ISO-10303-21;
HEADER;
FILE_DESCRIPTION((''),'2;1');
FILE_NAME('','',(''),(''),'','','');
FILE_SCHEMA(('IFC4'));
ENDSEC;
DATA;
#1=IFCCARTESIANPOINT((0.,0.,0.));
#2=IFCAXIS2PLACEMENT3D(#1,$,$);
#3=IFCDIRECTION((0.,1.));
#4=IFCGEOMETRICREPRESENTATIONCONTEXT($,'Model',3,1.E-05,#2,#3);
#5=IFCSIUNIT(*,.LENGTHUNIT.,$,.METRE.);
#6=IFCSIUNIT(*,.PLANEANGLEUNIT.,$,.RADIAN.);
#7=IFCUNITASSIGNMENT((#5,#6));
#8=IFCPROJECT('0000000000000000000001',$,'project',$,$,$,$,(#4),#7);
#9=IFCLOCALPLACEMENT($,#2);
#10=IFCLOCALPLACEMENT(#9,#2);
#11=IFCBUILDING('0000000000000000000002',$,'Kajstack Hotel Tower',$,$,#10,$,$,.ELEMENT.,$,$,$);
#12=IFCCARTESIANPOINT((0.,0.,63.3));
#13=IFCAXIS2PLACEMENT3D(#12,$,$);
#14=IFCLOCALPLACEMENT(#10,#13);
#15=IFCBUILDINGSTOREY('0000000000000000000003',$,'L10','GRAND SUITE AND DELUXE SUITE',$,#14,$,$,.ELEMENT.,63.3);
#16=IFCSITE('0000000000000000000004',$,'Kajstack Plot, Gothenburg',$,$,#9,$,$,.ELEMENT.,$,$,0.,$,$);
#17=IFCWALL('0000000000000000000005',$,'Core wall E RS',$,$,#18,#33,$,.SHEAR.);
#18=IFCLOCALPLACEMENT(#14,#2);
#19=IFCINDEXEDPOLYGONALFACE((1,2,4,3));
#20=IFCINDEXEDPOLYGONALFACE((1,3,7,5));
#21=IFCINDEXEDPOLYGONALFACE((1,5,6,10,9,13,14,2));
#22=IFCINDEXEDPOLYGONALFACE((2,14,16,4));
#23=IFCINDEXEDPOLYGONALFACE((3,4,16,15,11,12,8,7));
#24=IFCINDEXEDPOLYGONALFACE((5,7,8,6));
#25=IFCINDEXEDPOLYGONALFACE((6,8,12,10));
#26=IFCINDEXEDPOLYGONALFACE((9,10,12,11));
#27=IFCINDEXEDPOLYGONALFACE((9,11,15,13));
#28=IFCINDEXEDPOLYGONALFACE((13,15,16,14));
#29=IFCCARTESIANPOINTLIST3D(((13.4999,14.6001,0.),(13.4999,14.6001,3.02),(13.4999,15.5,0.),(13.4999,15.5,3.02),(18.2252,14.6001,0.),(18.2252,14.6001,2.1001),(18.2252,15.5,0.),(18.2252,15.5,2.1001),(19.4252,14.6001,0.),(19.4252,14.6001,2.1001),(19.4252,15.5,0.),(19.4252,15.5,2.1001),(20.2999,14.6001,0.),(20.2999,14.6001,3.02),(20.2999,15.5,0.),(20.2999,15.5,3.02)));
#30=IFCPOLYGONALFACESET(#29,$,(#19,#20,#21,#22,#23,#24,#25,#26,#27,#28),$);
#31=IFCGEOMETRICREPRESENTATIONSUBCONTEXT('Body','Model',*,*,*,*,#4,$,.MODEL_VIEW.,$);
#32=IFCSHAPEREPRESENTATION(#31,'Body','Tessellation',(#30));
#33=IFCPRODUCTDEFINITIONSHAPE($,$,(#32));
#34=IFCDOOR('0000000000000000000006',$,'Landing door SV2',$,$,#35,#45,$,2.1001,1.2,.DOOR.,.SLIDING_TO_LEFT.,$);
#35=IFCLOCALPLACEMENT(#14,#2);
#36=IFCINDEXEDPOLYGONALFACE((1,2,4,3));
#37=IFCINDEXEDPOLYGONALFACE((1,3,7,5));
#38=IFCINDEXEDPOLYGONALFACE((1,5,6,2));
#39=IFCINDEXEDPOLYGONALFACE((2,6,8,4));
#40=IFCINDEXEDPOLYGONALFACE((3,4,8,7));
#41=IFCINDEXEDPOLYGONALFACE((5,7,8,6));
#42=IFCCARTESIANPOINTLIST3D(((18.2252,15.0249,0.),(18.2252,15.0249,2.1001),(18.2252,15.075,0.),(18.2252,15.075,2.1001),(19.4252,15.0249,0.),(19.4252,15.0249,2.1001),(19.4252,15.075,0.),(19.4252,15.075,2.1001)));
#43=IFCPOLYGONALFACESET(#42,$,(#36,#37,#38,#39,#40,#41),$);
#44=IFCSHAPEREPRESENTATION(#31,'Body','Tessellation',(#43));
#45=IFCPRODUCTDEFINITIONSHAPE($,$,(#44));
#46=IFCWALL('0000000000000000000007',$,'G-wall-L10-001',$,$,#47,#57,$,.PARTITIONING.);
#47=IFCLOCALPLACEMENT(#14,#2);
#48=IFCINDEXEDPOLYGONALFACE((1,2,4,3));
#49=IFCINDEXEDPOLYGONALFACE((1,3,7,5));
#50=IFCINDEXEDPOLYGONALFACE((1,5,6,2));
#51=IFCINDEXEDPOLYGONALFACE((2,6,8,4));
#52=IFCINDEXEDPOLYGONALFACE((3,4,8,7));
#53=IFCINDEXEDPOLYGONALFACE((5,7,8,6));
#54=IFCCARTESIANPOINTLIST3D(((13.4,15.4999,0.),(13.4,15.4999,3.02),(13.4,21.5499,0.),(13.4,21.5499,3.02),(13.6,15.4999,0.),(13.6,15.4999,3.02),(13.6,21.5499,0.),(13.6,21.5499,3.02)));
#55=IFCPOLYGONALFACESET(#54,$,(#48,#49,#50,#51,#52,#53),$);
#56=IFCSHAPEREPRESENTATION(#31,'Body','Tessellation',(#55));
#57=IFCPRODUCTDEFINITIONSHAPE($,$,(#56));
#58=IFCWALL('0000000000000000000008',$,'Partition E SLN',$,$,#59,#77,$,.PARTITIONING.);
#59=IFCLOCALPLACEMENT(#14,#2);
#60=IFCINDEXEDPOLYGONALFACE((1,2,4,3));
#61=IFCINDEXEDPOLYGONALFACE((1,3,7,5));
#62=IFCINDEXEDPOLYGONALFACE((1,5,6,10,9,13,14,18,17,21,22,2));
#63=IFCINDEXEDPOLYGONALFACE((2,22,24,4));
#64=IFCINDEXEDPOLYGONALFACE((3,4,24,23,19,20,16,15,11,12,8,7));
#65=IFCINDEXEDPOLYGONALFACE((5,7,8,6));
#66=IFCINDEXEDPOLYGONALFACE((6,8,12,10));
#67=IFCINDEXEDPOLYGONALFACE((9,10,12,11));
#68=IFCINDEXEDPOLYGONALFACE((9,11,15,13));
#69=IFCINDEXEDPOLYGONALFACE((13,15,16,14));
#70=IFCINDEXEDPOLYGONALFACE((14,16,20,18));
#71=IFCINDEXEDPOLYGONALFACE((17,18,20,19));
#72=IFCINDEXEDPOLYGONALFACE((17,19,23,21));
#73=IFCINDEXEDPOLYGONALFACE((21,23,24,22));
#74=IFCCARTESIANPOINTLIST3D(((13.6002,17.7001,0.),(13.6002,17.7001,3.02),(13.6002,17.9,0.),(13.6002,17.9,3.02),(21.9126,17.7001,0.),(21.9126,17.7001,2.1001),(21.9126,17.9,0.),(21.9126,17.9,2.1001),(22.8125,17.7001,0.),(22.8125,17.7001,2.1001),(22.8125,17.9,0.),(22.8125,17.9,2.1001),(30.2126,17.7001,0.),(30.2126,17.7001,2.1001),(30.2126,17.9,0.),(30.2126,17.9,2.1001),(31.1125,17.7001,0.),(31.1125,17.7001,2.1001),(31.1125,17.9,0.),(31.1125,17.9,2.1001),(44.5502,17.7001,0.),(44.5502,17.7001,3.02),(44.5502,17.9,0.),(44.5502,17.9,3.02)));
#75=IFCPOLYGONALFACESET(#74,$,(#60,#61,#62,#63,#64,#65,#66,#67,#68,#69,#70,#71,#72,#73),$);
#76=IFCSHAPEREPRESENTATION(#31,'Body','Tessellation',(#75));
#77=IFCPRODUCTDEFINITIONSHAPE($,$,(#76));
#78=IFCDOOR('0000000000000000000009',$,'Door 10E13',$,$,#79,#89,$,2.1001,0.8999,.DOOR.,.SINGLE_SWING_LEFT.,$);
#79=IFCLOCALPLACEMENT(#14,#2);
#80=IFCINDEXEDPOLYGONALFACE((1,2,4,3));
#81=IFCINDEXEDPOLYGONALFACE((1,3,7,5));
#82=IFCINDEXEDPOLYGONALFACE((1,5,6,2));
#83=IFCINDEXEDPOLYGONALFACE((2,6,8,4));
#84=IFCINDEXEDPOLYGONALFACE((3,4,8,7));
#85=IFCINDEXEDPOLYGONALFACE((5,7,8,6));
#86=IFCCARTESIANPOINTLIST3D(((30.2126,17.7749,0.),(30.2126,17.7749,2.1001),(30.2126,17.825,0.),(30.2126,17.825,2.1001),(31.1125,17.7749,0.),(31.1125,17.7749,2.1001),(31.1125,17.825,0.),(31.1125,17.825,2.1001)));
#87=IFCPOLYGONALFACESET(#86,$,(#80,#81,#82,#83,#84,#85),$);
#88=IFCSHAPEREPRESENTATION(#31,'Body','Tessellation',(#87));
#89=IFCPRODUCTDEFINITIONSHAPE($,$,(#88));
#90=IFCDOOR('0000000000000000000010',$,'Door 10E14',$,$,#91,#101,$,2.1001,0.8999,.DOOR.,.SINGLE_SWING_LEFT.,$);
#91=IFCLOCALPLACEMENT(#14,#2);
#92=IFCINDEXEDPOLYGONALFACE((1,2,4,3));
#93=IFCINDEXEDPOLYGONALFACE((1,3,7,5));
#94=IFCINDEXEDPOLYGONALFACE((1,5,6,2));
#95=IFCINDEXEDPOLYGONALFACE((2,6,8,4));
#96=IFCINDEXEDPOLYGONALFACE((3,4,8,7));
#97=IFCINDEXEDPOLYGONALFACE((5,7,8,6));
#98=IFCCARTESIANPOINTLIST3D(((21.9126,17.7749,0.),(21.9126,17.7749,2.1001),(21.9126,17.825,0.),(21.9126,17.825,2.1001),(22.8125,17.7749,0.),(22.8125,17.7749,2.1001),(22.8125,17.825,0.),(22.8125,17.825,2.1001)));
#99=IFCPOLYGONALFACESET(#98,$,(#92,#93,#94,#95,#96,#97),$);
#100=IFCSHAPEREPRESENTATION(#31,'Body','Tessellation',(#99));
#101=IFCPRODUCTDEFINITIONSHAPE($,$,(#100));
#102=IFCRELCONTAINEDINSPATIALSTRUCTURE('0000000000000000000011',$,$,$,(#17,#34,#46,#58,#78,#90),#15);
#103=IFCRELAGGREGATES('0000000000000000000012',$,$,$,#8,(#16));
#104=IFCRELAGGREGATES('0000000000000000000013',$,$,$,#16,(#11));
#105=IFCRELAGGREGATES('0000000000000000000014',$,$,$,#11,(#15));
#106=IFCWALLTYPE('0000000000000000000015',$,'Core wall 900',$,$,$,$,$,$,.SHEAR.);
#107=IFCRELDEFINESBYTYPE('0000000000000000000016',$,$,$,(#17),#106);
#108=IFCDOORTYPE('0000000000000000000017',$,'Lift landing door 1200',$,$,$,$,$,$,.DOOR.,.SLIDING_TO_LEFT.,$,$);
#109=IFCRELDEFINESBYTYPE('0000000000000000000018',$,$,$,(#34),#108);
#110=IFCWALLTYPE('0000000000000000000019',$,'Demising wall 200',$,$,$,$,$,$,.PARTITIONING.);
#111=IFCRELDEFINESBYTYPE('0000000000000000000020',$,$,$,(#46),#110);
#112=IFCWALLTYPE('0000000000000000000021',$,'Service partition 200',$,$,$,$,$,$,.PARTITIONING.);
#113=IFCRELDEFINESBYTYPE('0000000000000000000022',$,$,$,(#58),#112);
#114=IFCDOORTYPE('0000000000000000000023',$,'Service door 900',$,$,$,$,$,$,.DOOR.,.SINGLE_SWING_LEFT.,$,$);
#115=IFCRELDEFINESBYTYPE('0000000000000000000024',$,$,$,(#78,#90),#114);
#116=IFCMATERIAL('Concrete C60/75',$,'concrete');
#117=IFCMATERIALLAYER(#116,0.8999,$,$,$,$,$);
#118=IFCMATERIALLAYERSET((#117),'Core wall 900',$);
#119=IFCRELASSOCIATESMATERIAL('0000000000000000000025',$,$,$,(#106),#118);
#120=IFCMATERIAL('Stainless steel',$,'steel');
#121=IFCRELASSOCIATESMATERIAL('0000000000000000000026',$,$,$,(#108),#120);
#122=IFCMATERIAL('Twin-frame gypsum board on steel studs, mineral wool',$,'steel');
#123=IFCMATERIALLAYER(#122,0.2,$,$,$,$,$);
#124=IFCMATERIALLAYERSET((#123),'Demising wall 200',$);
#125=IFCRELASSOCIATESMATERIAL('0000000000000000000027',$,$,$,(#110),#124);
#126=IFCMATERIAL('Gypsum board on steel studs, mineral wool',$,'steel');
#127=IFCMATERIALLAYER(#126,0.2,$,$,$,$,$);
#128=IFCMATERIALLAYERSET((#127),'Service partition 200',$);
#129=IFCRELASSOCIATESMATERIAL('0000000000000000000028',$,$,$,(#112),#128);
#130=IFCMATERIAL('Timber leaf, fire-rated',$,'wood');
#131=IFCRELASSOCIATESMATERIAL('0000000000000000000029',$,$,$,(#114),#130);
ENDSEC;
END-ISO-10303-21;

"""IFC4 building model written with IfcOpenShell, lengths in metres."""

from ifc_helpers import new_model, si_unit, direction, frame, frame_2d, origin, place, context, subcontext, project, spatial, rectangle, extrude, material, layer, layer_set, type_object, element, fill, save


model = new_model("IFC4")

# Units and contexts
model_context = context("Model", 3, precision=1e-05, world=origin(), true_north=direction((0.0, 1.0)))
body_context = subcontext(model_context, "Body", "Model", "MODEL_VIEW")
ifc_project = project(units=[si_unit("LENGTHUNIT", "METRE"), si_unit("PLANEANGLEUNIT", "RADIAN")], contexts=[model_context])

# Site, building, storey
site_placement = place(None, origin())
site = spatial("IfcSite", under=ifc_project, at=site_placement, Name="Kajstack Plot, Gothenburg", CompositionType="ELEMENT", RefElevation=0.0)
building_placement = place(site_placement, origin())
building = spatial("IfcBuilding", under=site, at=building_placement, Name="Kajstack Hotel Tower", CompositionType="ELEMENT")
storey_placement = place(building_placement, frame((0.0, 0.0, 63.3)))
storey = spatial("IfcBuildingStorey", under=building, at=storey_placement, Name="L10", Description="GRAND SUITE AND DELUXE SUITE", CompositionType="ELEMENT", Elevation=63.3)

# Wall, opening, door
ifc_material_1 = material(Name="Concrete C60/75", Category="concrete")
ifc_layer_1 = layer(ifc_material_1, 0.8999)
ifc_layer_set_1 = layer_set([ifc_layer_1], Name="Core wall 900")
wall_type_1 = type_object("IfcWallType", Name="Core wall 900", PredefinedType="SHEAR", material=ifc_layer_set_1)
wall_1_placement = place(storey_placement, frame((13.5, 15.05, 0.0), z_axis=(0.0, 0.0, 1.0), x_axis=(1.0, 0.0, 0.0)))
wall_1 = element("IfcWall", 1, at=wall_1_placement, inside=storey, type_object=wall_type_1, Name="Core wall E RS", PredefinedType="SHEAR", context=body_context, shape_type="SweptSolid", body=[
    extrude(rectangle(XDim=6.8, YDim=0.8999, at=frame_2d((3.3999, 0.0))), origin(), (0.0, 0.0, 1.0), 3.02),
])
opening_1_placement = place(wall_1_placement, frame((4.7251, 0.0, 0.0)))
opening_1 = element("IfcOpeningElement", 2, at=opening_1_placement, cuts=wall_1, PredefinedType="OPENING", context=body_context, shape_type="SweptSolid", body=[
    extrude(rectangle(XDim=1.2, YDim=2.1001, at=frame_2d((0.6001, 1.05))), frame((0.0, 0.46, 0.0), z_axis=(0.0, -1.0, 0.0), x_axis=(1.0, 0.0, 0.0)), (0.0, 0.0, 1.0), 0.9199),
])
ifc_material_2 = material(Name="Stainless steel", Category="steel")
door_type_1 = type_object("IfcDoorType", Name="Lift landing door 1200", OperationType="SLIDING_TO_LEFT", PredefinedType="DOOR", material=ifc_material_2)
door_1_placement = place(opening_1_placement, origin())
door_1 = element("IfcDoor", 3, at=door_1_placement, inside=storey, type_object=door_type_1, Name="Landing door SV2", OperationType="SLIDING_TO_LEFT", OverallHeight=2.1001, OverallWidth=1.2, PredefinedType="DOOR", context=body_context, shape_type="SweptSolid", body=[
    extrude(rectangle(XDim=1.2, YDim=2.1001, at=frame_2d((0.6001, 1.05))), frame((0.0, 0.0249, 0.0), z_axis=(0.0, -1.0, 0.0), x_axis=(1.0, 0.0, 0.0)), (0.0, 0.0, 1.0), 0.05),
])
fill(opening_1, door_1)

# Wall
ifc_material_3 = material(Name="Twin-frame gypsum board on steel studs, mineral wool", Category="steel")
ifc_layer_2 = layer(ifc_material_3, 0.2)
ifc_layer_set_2 = layer_set([ifc_layer_2], Name="Demising wall 200")
wall_type_2 = type_object("IfcWallType", Name="Demising wall 200", PredefinedType="PARTITIONING", material=ifc_layer_set_2)
wall_2_placement = place(storey_placement, frame((13.5, 15.5, 0.0), z_axis=(0.0, 0.0, 1.0), x_axis=(0.0, 1.0, 0.0)))
element("IfcWall", 4, at=wall_2_placement, inside=storey, type_object=wall_type_2, Name="G-wall-L10-001", PredefinedType="PARTITIONING", context=body_context, shape_type="SweptSolid", body=[
    extrude(rectangle(XDim=6.05, YDim=0.2, at=frame_2d((3.0249, 0.0))), origin(), (0.0, 0.0, 1.0), 3.02),
])

# Wall, openings, doors
ifc_material_4 = material(Name="Gypsum board on steel studs, mineral wool", Category="steel")
ifc_layer_3 = layer(ifc_material_4, 0.2)
ifc_layer_set_3 = layer_set([ifc_layer_3], Name="Service partition 200")
wall_type_3 = type_object("IfcWallType", Name="Service partition 200", PredefinedType="PARTITIONING", material=ifc_layer_set_3)
wall_3_placement = place(storey_placement, frame((13.6001, 17.8, 0.0), z_axis=(0.0, 0.0, 1.0), x_axis=(1.0, 0.0, 0.0)))
wall_3 = element("IfcWall", 5, at=wall_3_placement, inside=storey, type_object=wall_type_3, Name="Partition E SLN", PredefinedType="PARTITIONING", context=body_context, shape_type="SweptSolid", body=[
    extrude(rectangle(XDim=30.95, YDim=0.2, at=frame_2d((15.4751, 0.0))), origin(), (0.0, 0.0, 1.0), 3.02),
])
opening_2_placement = place(wall_3_placement, frame((16.6125, 0.0, 0.0)))
opening_2 = element("IfcOpeningElement", 6, at=opening_2_placement, cuts=wall_3, PredefinedType="OPENING", context=body_context, shape_type="SweptSolid", body=[
    extrude(rectangle(XDim=0.8999, YDim=2.1001, at=frame_2d((0.45, 1.05))), frame((0.0, 0.1099, 0.0), z_axis=(0.0, -1.0, 0.0), x_axis=(1.0, 0.0, 0.0)), (0.0, 0.0, 1.0), 0.22),
])
opening_3_placement = place(wall_3_placement, frame((8.3125, 0.0, 0.0)))
opening_3 = element("IfcOpeningElement", 7, at=opening_3_placement, cuts=wall_3, PredefinedType="OPENING", context=body_context, shape_type="SweptSolid", body=[
    extrude(rectangle(XDim=0.8999, YDim=2.1001, at=frame_2d((0.45, 1.05))), frame((0.0, 0.1099, 0.0), z_axis=(0.0, -1.0, 0.0), x_axis=(1.0, 0.0, 0.0)), (0.0, 0.0, 1.0), 0.22),
])
ifc_material_5 = material(Name="Timber leaf, fire-rated", Category="wood")
door_type_2 = type_object("IfcDoorType", Name="Service door 900", OperationType="SINGLE_SWING_LEFT", PredefinedType="DOOR", material=ifc_material_5)
door_2_placement = place(opening_2_placement, origin())
door_2 = element("IfcDoor", 8, at=door_2_placement, inside=storey, type_object=door_type_2, Name="Door 10E13", OperationType="SINGLE_SWING_LEFT", OverallHeight=2.1001, OverallWidth=0.8999, PredefinedType="DOOR", context=body_context, shape_type="SweptSolid", body=[
    extrude(rectangle(XDim=0.8999, YDim=2.1001, at=frame_2d((0.45, 1.05))), frame((0.0, 0.0249, 0.0), z_axis=(0.0, -1.0, 0.0), x_axis=(1.0, 0.0, 0.0)), (0.0, 0.0, 1.0), 0.05),
])
fill(opening_2, door_2)
door_3_placement = place(opening_3_placement, origin())
door_3 = element("IfcDoor", 9, at=door_3_placement, inside=storey, type_object=door_type_2, Name="Door 10E14", OperationType="SINGLE_SWING_LEFT", OverallHeight=2.1001, OverallWidth=0.8999, PredefinedType="DOOR", context=body_context, shape_type="SweptSolid", body=[
    extrude(rectangle(XDim=0.8999, YDim=2.1001, at=frame_2d((0.45, 1.05))), frame((0.0, 0.0249, 0.0), z_axis=(0.0, -1.0, 0.0), x_axis=(1.0, 0.0, 0.0)), (0.0, 0.0, 1.0), 0.05),
])
fill(opening_3, door_3)

save(model, "model.ifc")
